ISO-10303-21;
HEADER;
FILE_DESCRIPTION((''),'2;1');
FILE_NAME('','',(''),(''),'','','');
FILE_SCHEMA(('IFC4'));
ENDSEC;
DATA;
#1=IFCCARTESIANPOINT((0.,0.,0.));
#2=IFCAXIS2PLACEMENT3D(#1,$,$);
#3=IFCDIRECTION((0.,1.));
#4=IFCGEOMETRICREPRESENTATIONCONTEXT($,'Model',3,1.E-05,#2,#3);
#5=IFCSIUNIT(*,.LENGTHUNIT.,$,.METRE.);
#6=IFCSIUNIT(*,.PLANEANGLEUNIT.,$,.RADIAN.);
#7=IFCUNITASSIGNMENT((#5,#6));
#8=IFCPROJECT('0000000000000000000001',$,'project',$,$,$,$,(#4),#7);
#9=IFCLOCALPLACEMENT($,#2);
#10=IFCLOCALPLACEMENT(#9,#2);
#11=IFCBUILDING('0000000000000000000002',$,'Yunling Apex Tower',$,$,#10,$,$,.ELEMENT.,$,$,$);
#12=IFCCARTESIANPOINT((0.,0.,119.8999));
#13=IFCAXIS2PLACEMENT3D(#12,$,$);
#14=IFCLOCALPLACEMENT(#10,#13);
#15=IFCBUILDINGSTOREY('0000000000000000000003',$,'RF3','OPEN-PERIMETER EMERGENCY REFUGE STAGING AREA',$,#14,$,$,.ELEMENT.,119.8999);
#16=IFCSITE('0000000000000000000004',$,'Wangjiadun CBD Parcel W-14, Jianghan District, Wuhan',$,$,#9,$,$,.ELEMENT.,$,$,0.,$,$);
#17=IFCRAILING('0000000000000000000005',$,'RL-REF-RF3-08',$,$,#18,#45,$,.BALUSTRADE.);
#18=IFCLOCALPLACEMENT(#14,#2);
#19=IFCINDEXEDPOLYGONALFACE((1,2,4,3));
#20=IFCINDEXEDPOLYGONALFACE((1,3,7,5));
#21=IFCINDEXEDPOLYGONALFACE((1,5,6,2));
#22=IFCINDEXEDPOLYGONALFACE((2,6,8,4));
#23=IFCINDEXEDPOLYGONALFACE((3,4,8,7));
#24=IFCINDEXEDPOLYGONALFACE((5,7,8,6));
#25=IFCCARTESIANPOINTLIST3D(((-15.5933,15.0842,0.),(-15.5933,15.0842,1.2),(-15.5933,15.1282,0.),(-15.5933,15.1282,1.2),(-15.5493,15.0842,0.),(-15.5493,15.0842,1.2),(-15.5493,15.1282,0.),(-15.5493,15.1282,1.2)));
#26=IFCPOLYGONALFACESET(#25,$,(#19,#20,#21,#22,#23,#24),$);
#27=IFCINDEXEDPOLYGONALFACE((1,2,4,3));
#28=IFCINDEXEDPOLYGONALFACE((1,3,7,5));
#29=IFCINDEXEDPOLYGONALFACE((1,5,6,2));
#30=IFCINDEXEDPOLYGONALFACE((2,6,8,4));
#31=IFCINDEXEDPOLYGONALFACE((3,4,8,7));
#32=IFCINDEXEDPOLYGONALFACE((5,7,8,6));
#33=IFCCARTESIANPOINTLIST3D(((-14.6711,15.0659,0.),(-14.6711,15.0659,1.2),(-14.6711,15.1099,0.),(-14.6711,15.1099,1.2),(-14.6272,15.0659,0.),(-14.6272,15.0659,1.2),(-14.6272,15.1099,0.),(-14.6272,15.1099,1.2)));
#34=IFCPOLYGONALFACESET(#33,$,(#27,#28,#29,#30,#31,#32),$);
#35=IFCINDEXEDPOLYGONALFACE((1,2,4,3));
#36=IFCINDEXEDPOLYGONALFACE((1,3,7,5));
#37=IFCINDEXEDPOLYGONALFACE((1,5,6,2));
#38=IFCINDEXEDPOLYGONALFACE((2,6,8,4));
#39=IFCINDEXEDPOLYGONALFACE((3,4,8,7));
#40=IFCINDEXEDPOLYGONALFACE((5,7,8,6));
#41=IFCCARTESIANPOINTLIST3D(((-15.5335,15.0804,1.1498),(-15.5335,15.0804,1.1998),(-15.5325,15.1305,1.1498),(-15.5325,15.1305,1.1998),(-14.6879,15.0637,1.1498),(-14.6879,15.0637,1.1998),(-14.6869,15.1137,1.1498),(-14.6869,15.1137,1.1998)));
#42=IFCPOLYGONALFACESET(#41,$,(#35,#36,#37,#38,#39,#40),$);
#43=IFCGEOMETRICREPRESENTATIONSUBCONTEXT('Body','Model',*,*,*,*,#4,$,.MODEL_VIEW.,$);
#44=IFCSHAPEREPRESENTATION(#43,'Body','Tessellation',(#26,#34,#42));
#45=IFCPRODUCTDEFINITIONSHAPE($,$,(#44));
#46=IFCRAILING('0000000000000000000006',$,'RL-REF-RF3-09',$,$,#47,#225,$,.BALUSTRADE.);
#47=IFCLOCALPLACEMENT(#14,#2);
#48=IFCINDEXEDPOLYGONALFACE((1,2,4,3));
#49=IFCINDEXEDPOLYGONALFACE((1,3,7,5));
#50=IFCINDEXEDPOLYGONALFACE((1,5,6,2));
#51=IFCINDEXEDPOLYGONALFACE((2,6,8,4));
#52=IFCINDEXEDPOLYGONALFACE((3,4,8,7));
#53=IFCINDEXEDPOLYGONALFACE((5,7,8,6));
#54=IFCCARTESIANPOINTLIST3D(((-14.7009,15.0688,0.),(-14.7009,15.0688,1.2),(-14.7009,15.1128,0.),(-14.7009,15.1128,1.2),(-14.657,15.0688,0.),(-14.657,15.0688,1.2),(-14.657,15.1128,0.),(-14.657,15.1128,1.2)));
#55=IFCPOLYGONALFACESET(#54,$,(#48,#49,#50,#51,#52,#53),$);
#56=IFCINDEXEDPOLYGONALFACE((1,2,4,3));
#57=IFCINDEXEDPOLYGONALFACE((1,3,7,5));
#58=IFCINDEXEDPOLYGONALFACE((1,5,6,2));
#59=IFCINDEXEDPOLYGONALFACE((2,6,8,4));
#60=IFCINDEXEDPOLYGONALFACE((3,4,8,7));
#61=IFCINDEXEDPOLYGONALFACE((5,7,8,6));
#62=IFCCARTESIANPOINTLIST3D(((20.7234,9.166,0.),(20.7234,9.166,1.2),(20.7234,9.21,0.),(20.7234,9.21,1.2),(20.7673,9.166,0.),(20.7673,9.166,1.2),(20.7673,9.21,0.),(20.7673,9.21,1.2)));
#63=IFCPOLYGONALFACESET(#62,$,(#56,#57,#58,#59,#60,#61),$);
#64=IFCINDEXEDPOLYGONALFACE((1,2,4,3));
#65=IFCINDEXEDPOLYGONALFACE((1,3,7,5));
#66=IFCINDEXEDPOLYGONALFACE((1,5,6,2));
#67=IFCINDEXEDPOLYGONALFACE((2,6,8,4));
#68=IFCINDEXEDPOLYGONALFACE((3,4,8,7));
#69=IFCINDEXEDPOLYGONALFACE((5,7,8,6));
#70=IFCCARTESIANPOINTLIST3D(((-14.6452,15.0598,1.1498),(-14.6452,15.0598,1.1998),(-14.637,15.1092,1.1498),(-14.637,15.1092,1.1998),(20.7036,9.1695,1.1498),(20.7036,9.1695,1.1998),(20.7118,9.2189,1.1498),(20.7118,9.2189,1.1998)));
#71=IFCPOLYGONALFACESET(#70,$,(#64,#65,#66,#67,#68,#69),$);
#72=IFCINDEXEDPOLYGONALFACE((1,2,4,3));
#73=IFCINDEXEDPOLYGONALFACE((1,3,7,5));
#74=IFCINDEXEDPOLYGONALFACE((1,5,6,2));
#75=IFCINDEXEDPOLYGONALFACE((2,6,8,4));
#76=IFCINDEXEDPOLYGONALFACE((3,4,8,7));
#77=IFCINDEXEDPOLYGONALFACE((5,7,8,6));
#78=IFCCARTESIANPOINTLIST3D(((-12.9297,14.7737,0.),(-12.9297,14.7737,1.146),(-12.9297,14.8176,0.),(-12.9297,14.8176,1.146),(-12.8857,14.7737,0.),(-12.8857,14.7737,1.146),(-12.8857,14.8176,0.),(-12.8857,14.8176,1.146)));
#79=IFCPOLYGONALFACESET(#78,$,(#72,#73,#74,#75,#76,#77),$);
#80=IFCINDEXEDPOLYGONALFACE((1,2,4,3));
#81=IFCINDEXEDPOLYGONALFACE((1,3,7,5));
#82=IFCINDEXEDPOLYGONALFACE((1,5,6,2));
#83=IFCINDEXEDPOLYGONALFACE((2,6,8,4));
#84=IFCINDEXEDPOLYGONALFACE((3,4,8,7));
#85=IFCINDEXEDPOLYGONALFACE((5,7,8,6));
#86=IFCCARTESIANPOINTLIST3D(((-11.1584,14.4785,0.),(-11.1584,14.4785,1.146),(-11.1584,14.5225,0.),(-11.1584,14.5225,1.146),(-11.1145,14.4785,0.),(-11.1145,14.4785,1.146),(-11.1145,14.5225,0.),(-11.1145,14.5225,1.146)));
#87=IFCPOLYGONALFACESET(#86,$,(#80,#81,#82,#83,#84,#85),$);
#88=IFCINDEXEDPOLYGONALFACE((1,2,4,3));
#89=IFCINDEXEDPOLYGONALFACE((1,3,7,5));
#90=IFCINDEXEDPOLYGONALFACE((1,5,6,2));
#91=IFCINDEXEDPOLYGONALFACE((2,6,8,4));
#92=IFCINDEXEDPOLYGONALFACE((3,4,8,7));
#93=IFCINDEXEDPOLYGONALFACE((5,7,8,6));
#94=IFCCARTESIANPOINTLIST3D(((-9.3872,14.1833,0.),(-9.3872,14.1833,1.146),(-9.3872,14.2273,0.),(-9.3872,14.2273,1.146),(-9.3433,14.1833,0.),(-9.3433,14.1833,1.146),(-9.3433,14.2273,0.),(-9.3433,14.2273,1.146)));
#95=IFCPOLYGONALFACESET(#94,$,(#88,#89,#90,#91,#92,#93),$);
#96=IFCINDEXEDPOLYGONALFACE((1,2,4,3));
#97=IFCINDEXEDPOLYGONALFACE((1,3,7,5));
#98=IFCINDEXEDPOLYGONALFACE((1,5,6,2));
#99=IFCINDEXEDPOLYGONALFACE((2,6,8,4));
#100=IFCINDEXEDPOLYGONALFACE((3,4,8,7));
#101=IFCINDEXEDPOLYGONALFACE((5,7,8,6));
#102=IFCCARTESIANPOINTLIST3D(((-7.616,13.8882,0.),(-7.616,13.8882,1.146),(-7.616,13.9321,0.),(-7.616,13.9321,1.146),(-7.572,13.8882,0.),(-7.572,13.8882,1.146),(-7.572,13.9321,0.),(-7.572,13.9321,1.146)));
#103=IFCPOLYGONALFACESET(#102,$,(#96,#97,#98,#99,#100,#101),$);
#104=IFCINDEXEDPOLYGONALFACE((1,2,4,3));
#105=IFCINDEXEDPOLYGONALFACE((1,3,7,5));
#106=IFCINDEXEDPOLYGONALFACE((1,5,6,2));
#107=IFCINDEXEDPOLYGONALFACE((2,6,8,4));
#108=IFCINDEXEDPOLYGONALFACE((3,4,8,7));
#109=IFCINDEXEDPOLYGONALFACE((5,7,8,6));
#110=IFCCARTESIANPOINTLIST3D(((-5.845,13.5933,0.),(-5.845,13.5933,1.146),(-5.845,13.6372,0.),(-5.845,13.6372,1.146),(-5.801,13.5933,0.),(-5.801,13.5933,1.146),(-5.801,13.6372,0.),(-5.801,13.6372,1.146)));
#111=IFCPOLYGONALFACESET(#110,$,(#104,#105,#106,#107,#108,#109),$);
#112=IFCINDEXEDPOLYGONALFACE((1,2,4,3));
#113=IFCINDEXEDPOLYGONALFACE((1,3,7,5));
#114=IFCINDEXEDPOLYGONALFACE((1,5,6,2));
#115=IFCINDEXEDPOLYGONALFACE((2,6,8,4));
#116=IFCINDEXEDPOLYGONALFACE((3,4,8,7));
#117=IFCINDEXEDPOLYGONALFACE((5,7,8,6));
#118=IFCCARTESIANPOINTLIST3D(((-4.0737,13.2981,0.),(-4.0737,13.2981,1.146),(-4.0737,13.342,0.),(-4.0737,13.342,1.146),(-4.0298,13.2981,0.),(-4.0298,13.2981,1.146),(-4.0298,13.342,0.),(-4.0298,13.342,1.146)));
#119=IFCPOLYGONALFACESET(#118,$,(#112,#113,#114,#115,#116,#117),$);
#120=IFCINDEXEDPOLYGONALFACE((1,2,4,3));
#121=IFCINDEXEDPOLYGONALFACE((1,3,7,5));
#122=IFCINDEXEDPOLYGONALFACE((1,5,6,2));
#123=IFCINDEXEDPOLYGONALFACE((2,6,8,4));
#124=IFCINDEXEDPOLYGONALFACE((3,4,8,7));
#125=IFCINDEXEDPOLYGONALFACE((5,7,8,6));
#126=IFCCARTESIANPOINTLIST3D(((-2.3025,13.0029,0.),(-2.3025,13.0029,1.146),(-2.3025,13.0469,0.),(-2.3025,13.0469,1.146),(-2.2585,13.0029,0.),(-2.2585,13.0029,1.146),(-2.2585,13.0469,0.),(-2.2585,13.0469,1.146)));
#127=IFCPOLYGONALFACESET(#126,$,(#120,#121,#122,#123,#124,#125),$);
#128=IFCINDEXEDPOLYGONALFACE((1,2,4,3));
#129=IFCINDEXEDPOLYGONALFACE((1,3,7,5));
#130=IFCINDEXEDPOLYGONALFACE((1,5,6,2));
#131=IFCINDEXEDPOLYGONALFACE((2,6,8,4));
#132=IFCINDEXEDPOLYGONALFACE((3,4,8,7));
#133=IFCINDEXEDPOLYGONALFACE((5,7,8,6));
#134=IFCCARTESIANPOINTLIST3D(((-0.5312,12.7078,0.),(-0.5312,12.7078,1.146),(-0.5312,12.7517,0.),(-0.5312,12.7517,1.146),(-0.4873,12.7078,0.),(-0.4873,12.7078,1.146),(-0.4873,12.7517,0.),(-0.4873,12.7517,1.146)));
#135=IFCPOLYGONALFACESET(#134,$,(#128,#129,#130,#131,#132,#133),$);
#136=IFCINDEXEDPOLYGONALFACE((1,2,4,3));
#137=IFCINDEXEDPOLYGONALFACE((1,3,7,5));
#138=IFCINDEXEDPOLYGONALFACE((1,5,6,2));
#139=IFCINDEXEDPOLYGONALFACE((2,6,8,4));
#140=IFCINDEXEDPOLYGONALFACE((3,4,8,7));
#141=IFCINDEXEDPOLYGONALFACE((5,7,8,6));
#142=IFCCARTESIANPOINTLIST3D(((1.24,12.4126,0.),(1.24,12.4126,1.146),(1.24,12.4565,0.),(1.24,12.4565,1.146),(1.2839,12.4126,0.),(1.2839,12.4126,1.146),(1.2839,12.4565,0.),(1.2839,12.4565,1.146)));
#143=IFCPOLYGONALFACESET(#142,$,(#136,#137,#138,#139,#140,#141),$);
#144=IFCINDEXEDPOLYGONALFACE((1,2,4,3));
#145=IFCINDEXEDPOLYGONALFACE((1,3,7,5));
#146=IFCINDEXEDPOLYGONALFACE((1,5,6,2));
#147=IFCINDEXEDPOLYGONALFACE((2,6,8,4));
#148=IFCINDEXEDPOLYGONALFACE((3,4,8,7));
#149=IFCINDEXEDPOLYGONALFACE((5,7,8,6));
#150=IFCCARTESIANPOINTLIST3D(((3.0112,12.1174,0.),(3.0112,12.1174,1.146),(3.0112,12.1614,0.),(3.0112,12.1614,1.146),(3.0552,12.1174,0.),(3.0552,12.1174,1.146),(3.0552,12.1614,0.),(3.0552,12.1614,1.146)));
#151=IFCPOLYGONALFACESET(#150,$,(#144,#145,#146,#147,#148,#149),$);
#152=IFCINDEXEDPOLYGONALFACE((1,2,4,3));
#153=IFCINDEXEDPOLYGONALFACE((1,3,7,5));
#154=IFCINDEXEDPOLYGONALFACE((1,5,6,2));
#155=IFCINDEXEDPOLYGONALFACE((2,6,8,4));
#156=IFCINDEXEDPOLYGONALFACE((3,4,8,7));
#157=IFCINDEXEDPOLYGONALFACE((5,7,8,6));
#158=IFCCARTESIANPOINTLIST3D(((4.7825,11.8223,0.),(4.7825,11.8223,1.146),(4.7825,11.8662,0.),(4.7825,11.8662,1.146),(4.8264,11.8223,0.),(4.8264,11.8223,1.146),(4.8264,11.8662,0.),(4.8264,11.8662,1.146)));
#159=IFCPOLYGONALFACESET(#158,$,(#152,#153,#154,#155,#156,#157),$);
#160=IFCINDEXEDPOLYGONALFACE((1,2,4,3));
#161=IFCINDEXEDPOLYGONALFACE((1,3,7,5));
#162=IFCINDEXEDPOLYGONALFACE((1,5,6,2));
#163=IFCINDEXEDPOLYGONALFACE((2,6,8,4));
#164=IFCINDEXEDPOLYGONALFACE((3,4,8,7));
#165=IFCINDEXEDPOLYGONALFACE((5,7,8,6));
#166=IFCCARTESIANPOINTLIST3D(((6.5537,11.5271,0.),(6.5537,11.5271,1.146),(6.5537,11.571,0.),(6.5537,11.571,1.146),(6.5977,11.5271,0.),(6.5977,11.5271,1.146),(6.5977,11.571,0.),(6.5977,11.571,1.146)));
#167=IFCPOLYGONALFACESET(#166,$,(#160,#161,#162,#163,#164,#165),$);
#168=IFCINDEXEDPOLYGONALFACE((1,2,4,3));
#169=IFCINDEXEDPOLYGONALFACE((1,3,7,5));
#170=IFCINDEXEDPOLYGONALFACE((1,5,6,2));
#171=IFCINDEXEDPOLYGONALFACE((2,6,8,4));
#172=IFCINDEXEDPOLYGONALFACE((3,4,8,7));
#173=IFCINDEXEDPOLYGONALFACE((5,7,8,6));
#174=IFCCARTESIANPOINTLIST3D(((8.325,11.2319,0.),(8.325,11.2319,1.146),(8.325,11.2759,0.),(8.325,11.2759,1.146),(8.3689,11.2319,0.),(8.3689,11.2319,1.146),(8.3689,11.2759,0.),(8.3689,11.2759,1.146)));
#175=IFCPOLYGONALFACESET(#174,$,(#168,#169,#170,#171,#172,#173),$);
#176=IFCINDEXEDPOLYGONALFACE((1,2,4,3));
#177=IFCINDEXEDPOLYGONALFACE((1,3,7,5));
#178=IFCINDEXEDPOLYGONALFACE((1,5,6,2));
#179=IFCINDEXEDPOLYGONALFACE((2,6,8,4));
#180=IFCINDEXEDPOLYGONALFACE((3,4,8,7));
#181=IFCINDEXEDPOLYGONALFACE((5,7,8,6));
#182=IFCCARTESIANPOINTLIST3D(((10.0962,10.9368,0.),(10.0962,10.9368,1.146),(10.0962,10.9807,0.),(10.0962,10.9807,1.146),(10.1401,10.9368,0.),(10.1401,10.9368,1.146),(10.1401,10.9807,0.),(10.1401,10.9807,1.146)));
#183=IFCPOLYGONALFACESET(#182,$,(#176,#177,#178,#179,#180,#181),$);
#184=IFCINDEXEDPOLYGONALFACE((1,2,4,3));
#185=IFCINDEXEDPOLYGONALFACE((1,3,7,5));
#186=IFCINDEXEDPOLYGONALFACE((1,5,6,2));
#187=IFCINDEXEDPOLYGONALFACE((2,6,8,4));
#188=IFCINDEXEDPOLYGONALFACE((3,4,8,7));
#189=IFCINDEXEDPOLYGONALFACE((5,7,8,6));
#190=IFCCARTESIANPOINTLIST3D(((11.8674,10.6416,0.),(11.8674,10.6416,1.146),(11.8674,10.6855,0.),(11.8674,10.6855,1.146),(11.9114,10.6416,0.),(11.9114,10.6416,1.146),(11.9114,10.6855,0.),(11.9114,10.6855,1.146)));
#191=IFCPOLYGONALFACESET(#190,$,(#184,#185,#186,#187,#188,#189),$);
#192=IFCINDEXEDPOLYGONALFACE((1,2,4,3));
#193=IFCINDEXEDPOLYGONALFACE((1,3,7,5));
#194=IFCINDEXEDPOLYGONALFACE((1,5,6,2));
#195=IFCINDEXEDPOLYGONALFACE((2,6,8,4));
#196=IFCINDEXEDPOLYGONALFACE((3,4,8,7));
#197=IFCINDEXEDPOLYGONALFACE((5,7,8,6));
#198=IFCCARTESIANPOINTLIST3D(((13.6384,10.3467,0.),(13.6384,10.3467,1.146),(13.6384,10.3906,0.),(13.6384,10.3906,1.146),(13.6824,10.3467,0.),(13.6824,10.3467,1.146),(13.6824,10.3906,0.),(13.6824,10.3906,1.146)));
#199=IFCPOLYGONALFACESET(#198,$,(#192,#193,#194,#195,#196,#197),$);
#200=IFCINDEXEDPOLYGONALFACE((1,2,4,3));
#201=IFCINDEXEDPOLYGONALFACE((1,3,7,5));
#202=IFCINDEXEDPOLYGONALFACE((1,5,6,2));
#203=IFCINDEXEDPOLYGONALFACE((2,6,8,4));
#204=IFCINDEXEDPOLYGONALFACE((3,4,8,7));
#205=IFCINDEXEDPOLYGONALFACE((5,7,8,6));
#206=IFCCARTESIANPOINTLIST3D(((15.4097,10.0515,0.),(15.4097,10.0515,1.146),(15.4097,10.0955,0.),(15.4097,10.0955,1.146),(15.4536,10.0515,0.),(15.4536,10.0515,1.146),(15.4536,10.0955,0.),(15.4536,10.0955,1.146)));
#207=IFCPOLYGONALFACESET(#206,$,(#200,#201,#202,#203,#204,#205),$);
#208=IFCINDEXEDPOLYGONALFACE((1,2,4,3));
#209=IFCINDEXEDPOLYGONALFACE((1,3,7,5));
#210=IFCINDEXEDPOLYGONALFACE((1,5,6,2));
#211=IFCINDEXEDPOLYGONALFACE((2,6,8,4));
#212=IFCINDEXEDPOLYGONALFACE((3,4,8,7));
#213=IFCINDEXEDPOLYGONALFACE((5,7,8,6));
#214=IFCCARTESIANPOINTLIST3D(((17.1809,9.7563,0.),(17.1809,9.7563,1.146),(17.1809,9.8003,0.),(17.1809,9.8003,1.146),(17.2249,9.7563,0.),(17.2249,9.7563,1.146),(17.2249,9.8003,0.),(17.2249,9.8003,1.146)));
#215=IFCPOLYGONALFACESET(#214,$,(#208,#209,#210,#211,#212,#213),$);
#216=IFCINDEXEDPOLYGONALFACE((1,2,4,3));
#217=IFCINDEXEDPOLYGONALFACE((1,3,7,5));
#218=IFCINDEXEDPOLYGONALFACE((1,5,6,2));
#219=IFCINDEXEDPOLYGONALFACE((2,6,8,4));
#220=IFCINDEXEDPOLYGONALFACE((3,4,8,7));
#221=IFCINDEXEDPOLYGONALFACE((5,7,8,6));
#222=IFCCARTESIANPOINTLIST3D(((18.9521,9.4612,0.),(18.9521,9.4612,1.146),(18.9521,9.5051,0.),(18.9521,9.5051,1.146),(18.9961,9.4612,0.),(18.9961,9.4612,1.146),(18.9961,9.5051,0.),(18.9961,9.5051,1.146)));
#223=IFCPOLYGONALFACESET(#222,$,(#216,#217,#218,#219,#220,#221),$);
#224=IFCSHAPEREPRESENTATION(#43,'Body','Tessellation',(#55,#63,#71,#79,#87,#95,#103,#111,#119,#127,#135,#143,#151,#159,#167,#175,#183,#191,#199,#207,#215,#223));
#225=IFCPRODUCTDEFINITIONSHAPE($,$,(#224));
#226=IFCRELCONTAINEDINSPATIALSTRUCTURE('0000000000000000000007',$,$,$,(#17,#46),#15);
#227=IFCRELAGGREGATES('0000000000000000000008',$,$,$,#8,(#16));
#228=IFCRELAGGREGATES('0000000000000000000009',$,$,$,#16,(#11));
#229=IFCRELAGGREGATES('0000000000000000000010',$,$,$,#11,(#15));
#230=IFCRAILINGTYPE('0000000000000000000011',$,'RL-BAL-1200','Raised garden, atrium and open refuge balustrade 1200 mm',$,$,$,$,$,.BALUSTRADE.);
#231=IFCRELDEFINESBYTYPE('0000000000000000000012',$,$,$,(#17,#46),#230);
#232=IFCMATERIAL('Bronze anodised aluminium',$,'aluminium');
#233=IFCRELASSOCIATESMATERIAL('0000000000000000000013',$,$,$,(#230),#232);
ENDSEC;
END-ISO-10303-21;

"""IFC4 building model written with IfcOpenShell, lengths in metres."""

from ifc_helpers import new_model, si_unit, direction, frame, origin, origin_2d, place, context, subcontext, project, spatial, rectangle, extrude, material, type_object, element, save


model = new_model("IFC4")

# Units and contexts
model_context = context("Model", 3, precision=1e-05, world=origin(), true_north=direction((0.0, 1.0)))
body_context = subcontext(model_context, "Body", "Model", "MODEL_VIEW")
ifc_project = project(units=[si_unit("LENGTHUNIT", "METRE"), si_unit("PLANEANGLEUNIT", "RADIAN")], contexts=[model_context])

# Site, building, storey
site_placement = place(None, origin())
site = spatial("IfcSite", under=ifc_project, at=site_placement, Name="Wangjiadun CBD Parcel W-14, Jianghan District, Wuhan", CompositionType="ELEMENT", RefElevation=0.0)
building_placement = place(site_placement, origin())
building = spatial("IfcBuilding", under=site, at=building_placement, Name="Yunling Apex Tower", CompositionType="ELEMENT")
storey_placement = place(building_placement, frame((0.0, 0.0, 119.8999)))
storey = spatial("IfcBuildingStorey", under=building, at=storey_placement, Name="RF3", Description="OPEN-PERIMETER EMERGENCY REFUGE STAGING AREA", CompositionType="ELEMENT", Elevation=119.8999)

# Railings
ifc_material_1 = material(Name="Bronze anodised aluminium", Category="aluminium")
railing_type = type_object("IfcRailingType", Name="RL-BAL-1200", Description="Raised garden, atrium and open refuge balustrade 1200 mm", PredefinedType="BALUSTRADE", material=ifc_material_1)
railing_1_placement = place(storey_placement, frame((-15.5713, 15.1062, 0.0)))
element("IfcRailing", 1, at=railing_1_placement, inside=storey, type_object=railing_type, Name="RL-REF-RF3-08", PredefinedType="BALUSTRADE", context=body_context, shape_type="SweptSolid", body=[
    extrude(rectangle(XDim=0.0439, YDim=0.0439, at=origin_2d()), origin(), (0.0, 0.0, 1.0), 1.2),
    extrude(rectangle(XDim=0.0439, YDim=0.0439, at=origin_2d()), frame((0.9221, -0.0183, 0.0)), (0.0, 0.0, 1.0), 1.2),
    extrude(rectangle(XDim=0.05, YDim=0.05, at=origin_2d()), frame((0.0383, -0.0007, 1.1748), z_axis=(0.999803, -0.019853, 0.0), x_axis=(0.019853, 0.999803, 0.0)), (0.0, 0.0, 1.0), 0.8457),
])
railing_2_placement = place(storey_placement, frame((-14.679, 15.0908, 0.0)))
element("IfcRailing", 2, at=railing_2_placement, inside=storey, type_object=railing_type, Name="RL-REF-RF3-09", PredefinedType="BALUSTRADE", context=body_context, shape_type="SweptSolid", body=[
    extrude(rectangle(XDim=0.0439, YDim=0.0439, at=origin_2d()), origin(), (0.0, 0.0, 1.0), 1.2),
    extrude(rectangle(XDim=0.0439, YDim=0.0439, at=origin_2d()), frame((35.4243, -5.9028, 0.0)), (0.0, 0.0, 1.0), 1.2),
    extrude(rectangle(XDim=0.05, YDim=0.05, at=origin_2d()), frame((0.0378, -0.0063, 1.1748), z_axis=(0.986399, -0.164366, 0.0), x_axis=(0.164366, 0.986399, 0.0)), (0.0, 0.0, 1.0), 35.8362),
    extrude(rectangle(XDim=0.0439, YDim=0.0439, at=origin_2d()), frame((1.7712, -0.2952, 0.0)), (0.0, 0.0, 1.0), 1.146),
    extrude(rectangle(XDim=0.0439, YDim=0.0439, at=origin_2d()), frame((3.5425, -0.5903, 0.0)), (0.0, 0.0, 1.0), 1.146),
    extrude(rectangle(XDim=0.0439, YDim=0.0439, at=origin_2d()), frame((5.3137, -0.8855, 0.0)), (0.0, 0.0, 1.0), 1.146),
    extrude(rectangle(XDim=0.0439, YDim=0.0439, at=origin_2d()), frame((7.085, -1.1807, 0.0)), (0.0, 0.0, 1.0), 1.146),
    extrude(rectangle(XDim=0.0439, YDim=0.0439, at=origin_2d()), frame((8.856, -1.4756, 0.0)), (0.0, 0.0, 1.0), 1.146),
    extrude(rectangle(XDim=0.0439, YDim=0.0439, at=origin_2d()), frame((10.6272, -1.7708, 0.0)), (0.0, 0.0, 1.0), 1.146),
    extrude(rectangle(XDim=0.0439, YDim=0.0439, at=origin_2d()), frame((12.3984, -2.0659, 0.0)), (0.0, 0.0, 1.0), 1.146),
    extrude(rectangle(XDim=0.0439, YDim=0.0439, at=origin_2d()), frame((14.1697, -2.3611, 0.0)), (0.0, 0.0, 1.0), 1.146),
    extrude(rectangle(XDim=0.0439, YDim=0.0439, at=origin_2d()), frame((15.9409, -2.6562, 0.0)), (0.0, 0.0, 1.0), 1.146),
    extrude(rectangle(XDim=0.0439, YDim=0.0439, at=origin_2d()), frame((17.7122, -2.9514, 0.0)), (0.0, 0.0, 1.0), 1.146),
    extrude(rectangle(XDim=0.0439, YDim=0.0439, at=origin_2d()), frame((19.4834, -3.2466, 0.0)), (0.0, 0.0, 1.0), 1.146),
    extrude(rectangle(XDim=0.0439, YDim=0.0439, at=origin_2d()), frame((21.2546, -3.5417, 0.0)), (0.0, 0.0, 1.0), 1.146),
    extrude(rectangle(XDim=0.0439, YDim=0.0439, at=origin_2d()), frame((23.0259, -3.8369, 0.0)), (0.0, 0.0, 1.0), 1.146),
    extrude(rectangle(XDim=0.0439, YDim=0.0439, at=origin_2d()), frame((24.7971, -4.1321, 0.0)), (0.0, 0.0, 1.0), 1.146),
    extrude(rectangle(XDim=0.0439, YDim=0.0439, at=origin_2d()), frame((26.5684, -4.4272, 0.0)), (0.0, 0.0, 1.0), 1.146),
    extrude(rectangle(XDim=0.0439, YDim=0.0439, at=origin_2d()), frame((28.3394, -4.7222, 0.0)), (0.0, 0.0, 1.0), 1.146),
    extrude(rectangle(XDim=0.0439, YDim=0.0439, at=origin_2d()), frame((30.1106, -5.0173, 0.0)), (0.0, 0.0, 1.0), 1.146),
    extrude(rectangle(XDim=0.0439, YDim=0.0439, at=origin_2d()), frame((31.8818, -5.3125, 0.0)), (0.0, 0.0, 1.0), 1.146),
    extrude(rectangle(XDim=0.0439, YDim=0.0439, at=origin_2d()), frame((33.6531, -5.6077, 0.0)), (0.0, 0.0, 1.0), 1.146),
])

save(model, "model.ifc")
